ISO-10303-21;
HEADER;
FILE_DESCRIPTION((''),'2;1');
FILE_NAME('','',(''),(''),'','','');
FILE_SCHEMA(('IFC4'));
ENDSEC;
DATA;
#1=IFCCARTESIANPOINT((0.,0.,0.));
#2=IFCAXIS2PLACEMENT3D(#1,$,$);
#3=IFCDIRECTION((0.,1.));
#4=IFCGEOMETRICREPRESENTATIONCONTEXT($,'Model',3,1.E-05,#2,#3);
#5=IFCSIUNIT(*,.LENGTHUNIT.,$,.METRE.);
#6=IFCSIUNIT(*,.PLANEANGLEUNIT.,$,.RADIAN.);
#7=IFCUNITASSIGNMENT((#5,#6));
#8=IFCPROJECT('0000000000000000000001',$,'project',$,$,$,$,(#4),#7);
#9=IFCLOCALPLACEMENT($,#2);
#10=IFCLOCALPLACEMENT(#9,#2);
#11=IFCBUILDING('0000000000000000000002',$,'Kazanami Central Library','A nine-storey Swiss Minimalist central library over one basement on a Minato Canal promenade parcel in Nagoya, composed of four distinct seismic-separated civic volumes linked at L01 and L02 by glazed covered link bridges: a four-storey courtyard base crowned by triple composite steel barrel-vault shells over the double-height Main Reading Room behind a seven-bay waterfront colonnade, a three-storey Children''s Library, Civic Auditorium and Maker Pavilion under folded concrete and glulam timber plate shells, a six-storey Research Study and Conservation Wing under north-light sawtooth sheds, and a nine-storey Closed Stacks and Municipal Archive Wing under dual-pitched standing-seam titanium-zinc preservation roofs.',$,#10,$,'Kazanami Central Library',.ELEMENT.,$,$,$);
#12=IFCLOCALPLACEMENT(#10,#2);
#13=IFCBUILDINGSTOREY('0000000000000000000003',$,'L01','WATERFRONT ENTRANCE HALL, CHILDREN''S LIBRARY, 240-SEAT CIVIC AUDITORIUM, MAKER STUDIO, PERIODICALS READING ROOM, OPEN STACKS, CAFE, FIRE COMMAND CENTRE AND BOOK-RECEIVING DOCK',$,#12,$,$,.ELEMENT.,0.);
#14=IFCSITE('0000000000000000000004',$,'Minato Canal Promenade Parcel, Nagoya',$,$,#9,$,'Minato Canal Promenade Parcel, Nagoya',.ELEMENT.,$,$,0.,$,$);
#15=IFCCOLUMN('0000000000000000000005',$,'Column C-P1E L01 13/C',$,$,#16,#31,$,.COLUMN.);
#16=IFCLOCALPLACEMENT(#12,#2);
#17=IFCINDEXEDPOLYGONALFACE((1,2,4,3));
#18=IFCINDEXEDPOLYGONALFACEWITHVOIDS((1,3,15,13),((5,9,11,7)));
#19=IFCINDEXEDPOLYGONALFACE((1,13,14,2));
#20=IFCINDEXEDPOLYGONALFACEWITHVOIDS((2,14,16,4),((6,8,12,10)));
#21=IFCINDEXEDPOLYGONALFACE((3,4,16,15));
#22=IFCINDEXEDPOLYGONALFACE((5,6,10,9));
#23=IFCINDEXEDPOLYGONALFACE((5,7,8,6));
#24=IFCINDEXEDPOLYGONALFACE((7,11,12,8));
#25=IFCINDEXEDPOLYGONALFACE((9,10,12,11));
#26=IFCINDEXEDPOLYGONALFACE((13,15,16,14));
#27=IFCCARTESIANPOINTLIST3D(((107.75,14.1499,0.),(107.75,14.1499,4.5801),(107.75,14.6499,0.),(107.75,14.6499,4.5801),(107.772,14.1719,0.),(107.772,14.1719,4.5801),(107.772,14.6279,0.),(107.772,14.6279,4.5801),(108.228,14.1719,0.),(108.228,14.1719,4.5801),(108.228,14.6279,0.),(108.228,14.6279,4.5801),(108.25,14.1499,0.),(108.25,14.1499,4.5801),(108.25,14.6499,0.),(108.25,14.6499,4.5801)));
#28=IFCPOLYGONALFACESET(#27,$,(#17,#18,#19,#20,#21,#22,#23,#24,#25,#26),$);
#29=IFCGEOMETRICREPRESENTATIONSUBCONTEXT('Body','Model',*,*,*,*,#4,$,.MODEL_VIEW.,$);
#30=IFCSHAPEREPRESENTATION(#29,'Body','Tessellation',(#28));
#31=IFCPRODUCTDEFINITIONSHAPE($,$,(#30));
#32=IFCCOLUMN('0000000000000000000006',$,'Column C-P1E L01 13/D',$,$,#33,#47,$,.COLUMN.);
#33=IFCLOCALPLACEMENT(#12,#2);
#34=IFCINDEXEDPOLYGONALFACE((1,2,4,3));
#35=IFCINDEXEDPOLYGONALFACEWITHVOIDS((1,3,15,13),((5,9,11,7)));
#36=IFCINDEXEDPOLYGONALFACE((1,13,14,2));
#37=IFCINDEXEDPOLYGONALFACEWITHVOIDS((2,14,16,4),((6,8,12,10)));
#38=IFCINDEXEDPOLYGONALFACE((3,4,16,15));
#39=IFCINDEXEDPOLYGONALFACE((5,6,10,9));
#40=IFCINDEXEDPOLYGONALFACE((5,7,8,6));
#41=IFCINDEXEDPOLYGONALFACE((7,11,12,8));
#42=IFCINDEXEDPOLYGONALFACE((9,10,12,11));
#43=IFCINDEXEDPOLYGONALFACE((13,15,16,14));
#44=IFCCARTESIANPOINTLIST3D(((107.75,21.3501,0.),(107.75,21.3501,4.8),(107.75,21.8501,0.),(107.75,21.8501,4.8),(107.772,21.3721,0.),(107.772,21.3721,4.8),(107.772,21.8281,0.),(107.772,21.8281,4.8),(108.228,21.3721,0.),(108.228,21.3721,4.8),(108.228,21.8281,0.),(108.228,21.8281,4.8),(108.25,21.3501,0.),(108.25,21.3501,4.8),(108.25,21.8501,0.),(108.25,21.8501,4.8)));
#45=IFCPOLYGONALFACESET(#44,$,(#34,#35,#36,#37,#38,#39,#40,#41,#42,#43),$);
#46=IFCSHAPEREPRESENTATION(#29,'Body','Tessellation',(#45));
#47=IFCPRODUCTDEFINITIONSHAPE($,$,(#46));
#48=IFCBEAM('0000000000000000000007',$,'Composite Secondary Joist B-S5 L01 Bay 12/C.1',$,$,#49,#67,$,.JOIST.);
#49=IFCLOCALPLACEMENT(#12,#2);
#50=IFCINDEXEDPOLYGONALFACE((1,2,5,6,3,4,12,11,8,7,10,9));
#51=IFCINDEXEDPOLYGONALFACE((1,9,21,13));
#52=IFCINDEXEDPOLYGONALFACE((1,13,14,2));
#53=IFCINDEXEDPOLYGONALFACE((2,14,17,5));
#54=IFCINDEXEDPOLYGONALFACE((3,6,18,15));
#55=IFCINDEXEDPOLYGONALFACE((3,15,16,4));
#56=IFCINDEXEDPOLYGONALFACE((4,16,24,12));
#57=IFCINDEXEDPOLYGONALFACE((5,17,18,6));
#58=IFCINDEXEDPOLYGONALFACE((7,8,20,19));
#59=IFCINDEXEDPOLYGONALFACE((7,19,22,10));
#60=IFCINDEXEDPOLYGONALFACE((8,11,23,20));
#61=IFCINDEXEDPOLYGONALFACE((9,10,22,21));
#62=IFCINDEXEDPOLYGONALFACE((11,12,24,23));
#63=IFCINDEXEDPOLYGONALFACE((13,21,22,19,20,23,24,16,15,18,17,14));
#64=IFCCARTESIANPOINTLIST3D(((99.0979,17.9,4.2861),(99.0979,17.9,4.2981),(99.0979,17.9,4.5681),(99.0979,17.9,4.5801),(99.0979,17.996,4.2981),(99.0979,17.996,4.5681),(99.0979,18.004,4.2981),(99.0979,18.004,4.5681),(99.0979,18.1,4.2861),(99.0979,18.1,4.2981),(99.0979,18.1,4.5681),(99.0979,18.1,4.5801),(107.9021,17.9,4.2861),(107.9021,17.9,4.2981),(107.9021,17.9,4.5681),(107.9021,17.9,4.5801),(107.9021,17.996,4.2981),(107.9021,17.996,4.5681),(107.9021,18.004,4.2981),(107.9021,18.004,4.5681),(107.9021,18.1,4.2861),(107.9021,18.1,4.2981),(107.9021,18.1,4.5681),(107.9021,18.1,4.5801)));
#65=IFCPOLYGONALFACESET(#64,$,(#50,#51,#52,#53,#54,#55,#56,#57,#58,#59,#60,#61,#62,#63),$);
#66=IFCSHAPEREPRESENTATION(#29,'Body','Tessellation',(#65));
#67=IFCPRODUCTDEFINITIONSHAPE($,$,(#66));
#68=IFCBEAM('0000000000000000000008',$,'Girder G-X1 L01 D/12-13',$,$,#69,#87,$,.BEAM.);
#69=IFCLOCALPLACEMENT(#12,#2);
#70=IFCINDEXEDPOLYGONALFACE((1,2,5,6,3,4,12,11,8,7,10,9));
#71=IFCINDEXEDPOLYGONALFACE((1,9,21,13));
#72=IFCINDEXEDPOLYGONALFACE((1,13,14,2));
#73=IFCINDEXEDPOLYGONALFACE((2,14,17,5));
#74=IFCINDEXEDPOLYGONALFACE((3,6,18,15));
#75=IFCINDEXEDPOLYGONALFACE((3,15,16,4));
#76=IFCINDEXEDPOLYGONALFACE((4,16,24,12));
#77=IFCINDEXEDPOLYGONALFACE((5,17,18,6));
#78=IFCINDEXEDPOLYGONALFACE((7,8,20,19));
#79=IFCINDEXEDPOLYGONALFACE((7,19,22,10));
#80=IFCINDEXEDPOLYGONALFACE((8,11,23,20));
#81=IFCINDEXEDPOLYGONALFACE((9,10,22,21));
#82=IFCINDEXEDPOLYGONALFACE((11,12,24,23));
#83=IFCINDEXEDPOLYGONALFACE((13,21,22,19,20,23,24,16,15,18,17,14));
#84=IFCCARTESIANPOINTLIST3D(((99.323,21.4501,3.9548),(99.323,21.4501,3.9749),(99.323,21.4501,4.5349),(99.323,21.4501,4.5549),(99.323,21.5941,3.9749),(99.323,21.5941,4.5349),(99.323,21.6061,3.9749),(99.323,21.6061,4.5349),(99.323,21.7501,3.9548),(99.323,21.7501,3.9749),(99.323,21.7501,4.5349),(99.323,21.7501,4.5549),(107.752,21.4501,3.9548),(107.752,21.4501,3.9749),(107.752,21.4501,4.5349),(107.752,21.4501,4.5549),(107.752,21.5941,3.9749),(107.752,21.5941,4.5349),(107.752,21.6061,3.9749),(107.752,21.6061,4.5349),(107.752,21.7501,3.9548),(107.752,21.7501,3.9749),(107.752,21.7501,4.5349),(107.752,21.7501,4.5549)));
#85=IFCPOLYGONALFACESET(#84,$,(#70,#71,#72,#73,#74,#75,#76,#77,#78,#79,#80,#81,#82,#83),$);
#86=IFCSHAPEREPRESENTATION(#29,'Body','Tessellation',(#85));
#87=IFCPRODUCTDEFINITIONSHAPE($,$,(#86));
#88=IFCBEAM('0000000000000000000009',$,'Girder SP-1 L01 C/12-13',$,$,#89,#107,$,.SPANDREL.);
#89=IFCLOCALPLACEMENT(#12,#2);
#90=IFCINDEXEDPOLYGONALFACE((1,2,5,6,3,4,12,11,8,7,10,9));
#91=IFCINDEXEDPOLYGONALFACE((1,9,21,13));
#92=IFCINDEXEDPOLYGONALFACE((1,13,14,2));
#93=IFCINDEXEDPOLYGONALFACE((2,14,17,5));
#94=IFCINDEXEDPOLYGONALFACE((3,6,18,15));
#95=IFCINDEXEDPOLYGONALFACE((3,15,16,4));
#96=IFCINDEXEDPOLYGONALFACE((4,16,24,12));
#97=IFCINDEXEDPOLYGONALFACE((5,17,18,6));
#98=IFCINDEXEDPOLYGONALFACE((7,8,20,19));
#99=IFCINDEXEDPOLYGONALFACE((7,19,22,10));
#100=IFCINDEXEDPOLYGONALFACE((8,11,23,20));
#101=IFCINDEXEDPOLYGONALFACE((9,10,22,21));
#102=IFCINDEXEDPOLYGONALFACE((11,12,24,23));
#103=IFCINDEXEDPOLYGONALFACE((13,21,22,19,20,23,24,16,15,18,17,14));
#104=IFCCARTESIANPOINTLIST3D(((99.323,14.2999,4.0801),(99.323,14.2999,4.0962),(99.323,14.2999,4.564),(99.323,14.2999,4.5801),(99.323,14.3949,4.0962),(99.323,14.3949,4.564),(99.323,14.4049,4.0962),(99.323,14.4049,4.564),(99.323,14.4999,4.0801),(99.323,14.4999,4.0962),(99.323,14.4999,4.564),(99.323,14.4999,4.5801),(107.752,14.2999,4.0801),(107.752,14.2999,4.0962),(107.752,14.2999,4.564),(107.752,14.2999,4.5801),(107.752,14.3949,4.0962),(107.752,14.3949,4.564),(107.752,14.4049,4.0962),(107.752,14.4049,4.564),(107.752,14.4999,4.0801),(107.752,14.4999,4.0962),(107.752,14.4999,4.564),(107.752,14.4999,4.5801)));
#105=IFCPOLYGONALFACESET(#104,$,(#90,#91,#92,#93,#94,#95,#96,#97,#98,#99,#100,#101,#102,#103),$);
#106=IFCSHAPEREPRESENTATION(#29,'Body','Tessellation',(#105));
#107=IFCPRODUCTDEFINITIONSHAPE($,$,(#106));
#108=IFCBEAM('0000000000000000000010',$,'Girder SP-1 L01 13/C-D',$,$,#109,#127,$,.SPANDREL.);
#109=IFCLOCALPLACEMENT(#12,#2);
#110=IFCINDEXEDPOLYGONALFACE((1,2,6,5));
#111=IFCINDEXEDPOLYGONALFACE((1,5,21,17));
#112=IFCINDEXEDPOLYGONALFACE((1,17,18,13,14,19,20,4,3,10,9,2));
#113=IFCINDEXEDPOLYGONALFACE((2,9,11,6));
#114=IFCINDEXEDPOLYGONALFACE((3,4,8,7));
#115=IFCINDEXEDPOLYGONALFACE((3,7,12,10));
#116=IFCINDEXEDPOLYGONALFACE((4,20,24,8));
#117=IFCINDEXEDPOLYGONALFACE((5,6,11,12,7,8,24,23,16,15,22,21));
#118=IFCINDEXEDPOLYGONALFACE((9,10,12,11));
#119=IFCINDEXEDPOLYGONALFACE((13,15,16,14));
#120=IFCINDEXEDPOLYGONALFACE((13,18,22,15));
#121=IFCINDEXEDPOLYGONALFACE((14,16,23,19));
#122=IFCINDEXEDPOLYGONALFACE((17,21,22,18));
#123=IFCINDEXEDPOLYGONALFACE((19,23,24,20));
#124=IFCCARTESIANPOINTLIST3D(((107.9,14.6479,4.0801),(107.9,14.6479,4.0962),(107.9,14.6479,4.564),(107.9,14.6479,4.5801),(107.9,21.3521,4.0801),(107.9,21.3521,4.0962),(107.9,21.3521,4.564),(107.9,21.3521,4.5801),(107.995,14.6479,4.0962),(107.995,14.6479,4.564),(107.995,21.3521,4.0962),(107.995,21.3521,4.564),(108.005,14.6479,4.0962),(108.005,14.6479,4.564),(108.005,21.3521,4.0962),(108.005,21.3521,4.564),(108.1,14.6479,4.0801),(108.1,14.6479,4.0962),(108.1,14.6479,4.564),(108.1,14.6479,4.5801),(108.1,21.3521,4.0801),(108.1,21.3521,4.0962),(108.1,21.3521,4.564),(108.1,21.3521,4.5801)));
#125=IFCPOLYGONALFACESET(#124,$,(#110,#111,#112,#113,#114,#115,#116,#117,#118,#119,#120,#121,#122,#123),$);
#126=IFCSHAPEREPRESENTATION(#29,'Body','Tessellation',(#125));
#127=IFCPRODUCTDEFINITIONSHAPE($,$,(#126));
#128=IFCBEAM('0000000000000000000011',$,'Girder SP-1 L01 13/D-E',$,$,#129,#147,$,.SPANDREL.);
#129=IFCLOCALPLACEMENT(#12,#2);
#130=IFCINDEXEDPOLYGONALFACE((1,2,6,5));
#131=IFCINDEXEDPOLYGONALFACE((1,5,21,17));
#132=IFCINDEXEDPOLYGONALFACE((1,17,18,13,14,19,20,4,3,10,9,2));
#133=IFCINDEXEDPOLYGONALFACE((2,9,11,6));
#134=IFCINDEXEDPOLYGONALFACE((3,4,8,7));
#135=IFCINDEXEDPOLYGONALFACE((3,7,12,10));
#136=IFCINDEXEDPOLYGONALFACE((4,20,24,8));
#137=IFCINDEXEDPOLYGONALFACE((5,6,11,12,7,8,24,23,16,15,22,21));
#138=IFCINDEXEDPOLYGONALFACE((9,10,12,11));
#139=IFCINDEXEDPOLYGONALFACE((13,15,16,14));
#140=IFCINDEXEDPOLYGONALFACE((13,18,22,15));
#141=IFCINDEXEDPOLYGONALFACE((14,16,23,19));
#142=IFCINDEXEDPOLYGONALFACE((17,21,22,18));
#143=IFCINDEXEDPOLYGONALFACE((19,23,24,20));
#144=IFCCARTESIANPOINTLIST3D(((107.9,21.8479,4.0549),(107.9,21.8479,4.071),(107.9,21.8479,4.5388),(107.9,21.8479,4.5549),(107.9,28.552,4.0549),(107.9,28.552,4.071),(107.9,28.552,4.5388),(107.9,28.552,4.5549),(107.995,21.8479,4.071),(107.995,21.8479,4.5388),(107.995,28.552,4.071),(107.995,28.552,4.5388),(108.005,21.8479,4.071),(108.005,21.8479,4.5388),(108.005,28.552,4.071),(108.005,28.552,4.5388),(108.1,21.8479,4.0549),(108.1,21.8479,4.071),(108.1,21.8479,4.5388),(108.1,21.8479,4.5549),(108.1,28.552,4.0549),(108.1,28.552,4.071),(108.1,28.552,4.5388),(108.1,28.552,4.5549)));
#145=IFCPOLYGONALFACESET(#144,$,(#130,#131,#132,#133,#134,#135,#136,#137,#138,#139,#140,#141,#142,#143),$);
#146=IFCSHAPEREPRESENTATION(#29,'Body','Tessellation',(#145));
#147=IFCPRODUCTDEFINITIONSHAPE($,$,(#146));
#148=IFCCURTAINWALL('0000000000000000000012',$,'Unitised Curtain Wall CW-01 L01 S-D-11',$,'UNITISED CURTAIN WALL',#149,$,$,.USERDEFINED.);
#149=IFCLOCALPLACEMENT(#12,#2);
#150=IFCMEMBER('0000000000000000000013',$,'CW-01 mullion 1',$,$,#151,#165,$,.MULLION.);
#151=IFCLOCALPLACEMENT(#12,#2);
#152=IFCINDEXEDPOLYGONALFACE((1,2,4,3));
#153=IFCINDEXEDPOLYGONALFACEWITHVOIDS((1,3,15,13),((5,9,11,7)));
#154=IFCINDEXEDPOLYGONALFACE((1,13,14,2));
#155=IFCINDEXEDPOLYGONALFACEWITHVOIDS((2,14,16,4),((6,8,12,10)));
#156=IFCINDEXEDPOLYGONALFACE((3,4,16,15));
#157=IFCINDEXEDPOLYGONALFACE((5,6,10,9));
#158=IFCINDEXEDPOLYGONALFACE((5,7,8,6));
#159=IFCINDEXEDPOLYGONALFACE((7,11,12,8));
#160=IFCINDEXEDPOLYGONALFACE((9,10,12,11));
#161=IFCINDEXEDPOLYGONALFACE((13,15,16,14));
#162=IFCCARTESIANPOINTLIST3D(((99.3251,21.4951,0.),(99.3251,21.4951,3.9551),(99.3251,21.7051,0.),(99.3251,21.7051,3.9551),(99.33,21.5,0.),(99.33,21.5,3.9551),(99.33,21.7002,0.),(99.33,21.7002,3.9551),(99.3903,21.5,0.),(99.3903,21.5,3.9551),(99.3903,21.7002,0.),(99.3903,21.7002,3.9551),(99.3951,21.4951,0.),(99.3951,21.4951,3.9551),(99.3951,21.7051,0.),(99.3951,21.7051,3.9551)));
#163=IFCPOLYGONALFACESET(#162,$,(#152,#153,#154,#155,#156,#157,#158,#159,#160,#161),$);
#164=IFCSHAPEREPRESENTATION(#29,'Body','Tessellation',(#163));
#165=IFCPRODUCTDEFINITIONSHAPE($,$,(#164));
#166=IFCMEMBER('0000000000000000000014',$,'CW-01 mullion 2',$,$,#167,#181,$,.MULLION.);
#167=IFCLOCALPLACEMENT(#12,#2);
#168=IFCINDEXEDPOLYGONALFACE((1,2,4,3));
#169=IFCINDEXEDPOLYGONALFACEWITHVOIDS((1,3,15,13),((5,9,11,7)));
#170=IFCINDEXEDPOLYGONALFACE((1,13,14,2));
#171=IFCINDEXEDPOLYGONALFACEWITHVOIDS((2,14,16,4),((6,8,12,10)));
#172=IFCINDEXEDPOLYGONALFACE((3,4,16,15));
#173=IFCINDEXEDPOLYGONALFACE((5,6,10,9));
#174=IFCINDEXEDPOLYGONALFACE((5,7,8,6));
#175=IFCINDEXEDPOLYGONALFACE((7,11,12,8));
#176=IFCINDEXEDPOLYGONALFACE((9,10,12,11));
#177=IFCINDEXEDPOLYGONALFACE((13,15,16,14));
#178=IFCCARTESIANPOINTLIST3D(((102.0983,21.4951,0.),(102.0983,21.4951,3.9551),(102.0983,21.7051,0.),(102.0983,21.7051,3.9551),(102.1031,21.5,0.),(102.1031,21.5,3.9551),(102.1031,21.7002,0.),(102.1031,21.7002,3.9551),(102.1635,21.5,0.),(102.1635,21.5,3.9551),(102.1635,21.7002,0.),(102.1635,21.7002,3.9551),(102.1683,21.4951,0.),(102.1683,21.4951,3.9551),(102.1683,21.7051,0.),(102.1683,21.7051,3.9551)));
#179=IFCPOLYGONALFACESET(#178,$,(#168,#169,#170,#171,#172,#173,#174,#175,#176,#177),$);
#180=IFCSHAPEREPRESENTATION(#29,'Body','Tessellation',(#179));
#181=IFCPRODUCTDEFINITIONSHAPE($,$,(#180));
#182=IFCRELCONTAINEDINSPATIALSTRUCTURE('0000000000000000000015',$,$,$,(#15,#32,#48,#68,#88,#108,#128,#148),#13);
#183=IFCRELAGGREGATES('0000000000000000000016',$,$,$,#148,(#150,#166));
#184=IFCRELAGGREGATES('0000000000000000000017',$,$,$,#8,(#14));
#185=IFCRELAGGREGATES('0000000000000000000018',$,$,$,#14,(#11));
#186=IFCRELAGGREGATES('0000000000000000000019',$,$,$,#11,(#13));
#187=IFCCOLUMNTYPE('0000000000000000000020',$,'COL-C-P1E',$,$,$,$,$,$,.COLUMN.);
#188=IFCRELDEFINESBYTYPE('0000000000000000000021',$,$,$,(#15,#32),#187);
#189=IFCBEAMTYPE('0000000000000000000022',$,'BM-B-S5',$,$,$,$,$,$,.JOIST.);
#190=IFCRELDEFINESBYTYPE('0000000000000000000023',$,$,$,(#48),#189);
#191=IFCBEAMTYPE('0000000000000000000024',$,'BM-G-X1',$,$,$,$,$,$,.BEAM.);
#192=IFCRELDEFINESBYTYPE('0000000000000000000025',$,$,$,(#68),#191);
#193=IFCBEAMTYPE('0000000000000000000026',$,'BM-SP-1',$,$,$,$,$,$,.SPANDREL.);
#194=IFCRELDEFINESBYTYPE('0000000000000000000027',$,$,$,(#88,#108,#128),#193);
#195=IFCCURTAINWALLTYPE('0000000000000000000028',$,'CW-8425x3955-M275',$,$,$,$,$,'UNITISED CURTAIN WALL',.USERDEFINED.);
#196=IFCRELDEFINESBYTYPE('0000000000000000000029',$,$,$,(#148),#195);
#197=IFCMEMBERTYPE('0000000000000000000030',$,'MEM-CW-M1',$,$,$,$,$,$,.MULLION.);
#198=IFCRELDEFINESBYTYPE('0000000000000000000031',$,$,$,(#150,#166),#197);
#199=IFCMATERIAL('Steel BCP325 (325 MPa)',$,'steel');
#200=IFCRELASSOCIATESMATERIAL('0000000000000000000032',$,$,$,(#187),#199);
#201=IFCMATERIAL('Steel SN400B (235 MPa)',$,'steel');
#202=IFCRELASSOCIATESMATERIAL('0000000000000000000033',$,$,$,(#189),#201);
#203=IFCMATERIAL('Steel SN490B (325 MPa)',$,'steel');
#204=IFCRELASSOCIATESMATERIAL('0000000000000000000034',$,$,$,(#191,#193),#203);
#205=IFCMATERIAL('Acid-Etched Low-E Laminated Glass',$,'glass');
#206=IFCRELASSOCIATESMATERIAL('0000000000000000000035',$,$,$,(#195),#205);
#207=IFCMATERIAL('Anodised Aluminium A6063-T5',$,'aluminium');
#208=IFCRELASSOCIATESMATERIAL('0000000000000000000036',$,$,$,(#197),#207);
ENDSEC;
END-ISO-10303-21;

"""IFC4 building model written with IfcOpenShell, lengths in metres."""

from ifc_helpers import new_model, si_unit, direction, frame, origin, origin_2d, place, context, subcontext, project, spatial, hollow_rectangle, i_section, extrude, material, material_profile, profile_set, type_object, element, aggregate, save


model = new_model("IFC4")

# Units and contexts
model_context = context("Model", 3, precision=1e-05, world=origin(), true_north=direction((0.0, 1.0)))
body_context = subcontext(model_context, "Body", "Model", "MODEL_VIEW")
ifc_project = project(units=[si_unit("LENGTHUNIT", "METRE"), si_unit("PLANEANGLEUNIT", "RADIAN")], contexts=[model_context])

# Site, building, storey
site_placement = place(None, origin())
site = spatial("IfcSite", under=ifc_project, at=site_placement, Name="Minato Canal Promenade Parcel, Nagoya", LongName="Minato Canal Promenade Parcel, Nagoya", CompositionType="ELEMENT", RefElevation=0.0)
building_placement = place(site_placement, origin())
building = spatial("IfcBuilding", under=site, at=building_placement, Name="Kazanami Central Library", Description="A nine-storey Swiss Minimalist central library over one basement on a Minato Canal promenade parcel in Nagoya, composed of four distinct seismic-separated civic volumes linked at L01 and L02 by glazed covered link bridges: a four-storey courtyard base crowned by triple composite steel barrel-vault shells over the double-height Main Reading Room behind a seven-bay waterfront colonnade, a three-storey Children's Library, Civic Auditorium and Maker Pavilion under folded concrete and glulam timber plate shells, a six-storey Research Study and Conservation Wing under north-light sawtooth sheds, and a nine-storey Closed Stacks and Municipal Archive Wing under dual-pitched standing-seam titanium-zinc preservation roofs.", LongName="Kazanami Central Library", CompositionType="ELEMENT")
storey_placement = place(building_placement, origin())
storey = spatial("IfcBuildingStorey", under=building, at=storey_placement, Name="L01", Description="WATERFRONT ENTRANCE HALL, CHILDREN'S LIBRARY, 240-SEAT CIVIC AUDITORIUM, MAKER STUDIO, PERIODICALS READING ROOM, OPEN STACKS, CAFE, FIRE COMMAND CENTRE AND BOOK-RECEIVING DOCK", CompositionType="ELEMENT", Elevation=0.0)

# Columns
ifc_material_1 = material(Name="Steel BCP325 (325 MPa)", Category="steel")
ifc_material_profile_1 = material_profile(ifc_material_1, hollow_rectangle(XDim=0.5, YDim=0.5, WallThickness=0.022, at=origin_2d()), Name="BCP-500x500x22")
ifc_profile_set_1 = profile_set([ifc_material_profile_1], Name="Steel BCP325 (325 MPa)")
column_type = type_object("IfcColumnType", Name="COL-C-P1E", PredefinedType="COLUMN", material=ifc_profile_set_1)
column_1_placement = place(storey_placement, frame((108.0, 14.3999, 0.0), z_axis=(0.0, 0.0, 1.0), x_axis=(1.0, 0.0, 0.0)))
element("IfcColumn", 1, at=column_1_placement, inside=storey, type_object=column_type, Name="Column C-P1E L01 13/C", PredefinedType="COLUMN", context=body_context, shape_type="SweptSolid", body=[
    extrude(hollow_rectangle(XDim=0.5, YDim=0.5, WallThickness=0.022, at=origin_2d()), origin(), (0.0, 0.0, 1.0), 4.5801),
])
column_2_placement = place(storey_placement, frame((108.0, 21.6001, 0.0), z_axis=(0.0, 0.0, 1.0), x_axis=(1.0, 0.0, 0.0)))
element("IfcColumn", 2, at=column_2_placement, inside=storey, type_object=column_type, Name="Column C-P1E L01 13/D", PredefinedType="COLUMN", context=body_context, shape_type="SweptSolid", body=[
    extrude(hollow_rectangle(XDim=0.5, YDim=0.5, WallThickness=0.022, at=origin_2d()), origin(), (0.0, 0.0, 1.0), 4.8),
])

# Beams
ifc_material_2 = material(Name="Steel SN400B (235 MPa)", Category="steel")
ifc_material_profile_2 = material_profile(ifc_material_2, i_section(OverallWidth=0.2, OverallDepth=0.2939, WebThickness=0.0081, FlangeThickness=0.012, at=origin_2d()), Name="H-294x200x8x12")
ifc_profile_set_2 = profile_set([ifc_material_profile_2], Name="Steel SN400B (235 MPa)")
beam_type_1 = type_object("IfcBeamType", Name="BM-B-S5", PredefinedType="JOIST", material=ifc_profile_set_2)
beam_1_placement = place(storey_placement, frame((99.0979, 18.0, 4.4331), z_axis=(1.0, 0.0, 0.0), x_axis=(0.0, 1.0, 0.0)))
element("IfcBeam", 3, at=beam_1_placement, inside=storey, type_object=beam_type_1, Name="Composite Secondary Joist B-S5 L01 Bay 12/C.1", PredefinedType="JOIST", context=body_context, shape_type="SweptSolid", body=[
    extrude(i_section(OverallWidth=0.2, OverallDepth=0.2939, WebThickness=0.0081, FlangeThickness=0.012, at=origin_2d()), origin(), (0.0, 0.0, 1.0), 8.8042),
])
ifc_material_3 = material(Name="Steel SN490B (325 MPa)", Category="steel")
ifc_material_profile_3 = material_profile(ifc_material_3, i_section(OverallWidth=0.3, OverallDepth=0.6001, WebThickness=0.012, FlangeThickness=0.02, at=origin_2d()), Name="H-600x300x12x20")
ifc_profile_set_3 = profile_set([ifc_material_profile_3], Name="Steel SN490B (325 MPa)")
beam_type_2 = type_object("IfcBeamType", Name="BM-G-X1", PredefinedType="BEAM", material=ifc_profile_set_3)
beam_2_placement = place(storey_placement, frame((99.323, 21.6001, 4.2549), z_axis=(1.0, 0.0, 0.0), x_axis=(0.0, 1.0, 0.0)))
element("IfcBeam", 4, at=beam_2_placement, inside=storey, type_object=beam_type_2, Name="Girder G-X1 L01 D/12-13", PredefinedType="BEAM", context=body_context, shape_type="SweptSolid", body=[
    extrude(i_section(OverallWidth=0.3, OverallDepth=0.6001, WebThickness=0.012, FlangeThickness=0.02, at=origin_2d()), origin(), (0.0, 0.0, 1.0), 8.429),
])
ifc_material_profile_4 = material_profile(ifc_material_3, i_section(OverallWidth=0.2, OverallDepth=0.5, WebThickness=0.01, FlangeThickness=0.0161, at=origin_2d()), Name="H-500x200x10x16")
ifc_profile_set_4 = profile_set([ifc_material_profile_4], Name="Steel SN490B (325 MPa)")
beam_type_3 = type_object("IfcBeamType", Name="BM-SP-1", PredefinedType="SPANDREL", material=ifc_profile_set_4)
beam_3_placement = place(storey_placement, frame((99.323, 14.3999, 4.3301), z_axis=(1.0, 0.0, 0.0), x_axis=(0.0, 1.0, 0.0)))
element("IfcBeam", 5, at=beam_3_placement, inside=storey, type_object=beam_type_3, Name="Girder SP-1 L01 C/12-13", PredefinedType="SPANDREL", context=body_context, shape_type="SweptSolid", body=[
    extrude(i_section(OverallWidth=0.2, OverallDepth=0.5, WebThickness=0.01, FlangeThickness=0.0161, at=origin_2d()), origin(), (0.0, 0.0, 1.0), 8.429),
])
for number, where, z_axis, x_axis, name in (
    (6, (108.0, 14.6479, 4.3301), (0.0, 1.0, 0.0), (-1.0, 0.0, 0.0), "Girder SP-1 L01 13/C-D"),
    (7, (108.0, 21.8479, 4.3049), (0.0, 1.0, 0.0), (-1.0, 0.0, 0.0), "Girder SP-1 L01 13/D-E"),
):
    element("IfcBeam", number, at=place(storey_placement, frame(where, z_axis=z_axis, x_axis=x_axis)), inside=storey, type_object=beam_type_3, Name=name, PredefinedType="SPANDREL", context=body_context, shape_type="SweptSolid", body=[
        extrude(i_section(OverallWidth=0.2, OverallDepth=0.5, WebThickness=0.01, FlangeThickness=0.0161, at=origin_2d()), origin(), (0.0, 0.0, 1.0), 6.7041),
    ])

# Curtain wall, members
ifc_material_4 = material(Name="Acid-Etched Low-E Laminated Glass", Category="glass")
curtain_wall_type_1 = type_object("IfcCurtainWallType", Name="CW-8425x3955-M275", ElementType="UNITISED CURTAIN WALL", PredefinedType="USERDEFINED", material=ifc_material_4)
curtain_wall_1_placement = place(storey_placement, origin())
curtain_wall_1 = element("IfcCurtainWall", 8, at=curtain_wall_1_placement, inside=storey, type_object=curtain_wall_type_1, Name="Unitised Curtain Wall CW-01 L01 S-D-11", ObjectType="UNITISED CURTAIN WALL", PredefinedType="USERDEFINED")
ifc_material_5 = material(Name="Anodised Aluminium A6063-T5", Category="aluminium")
ifc_material_profile_5 = material_profile(ifc_material_5, hollow_rectangle(XDim=0.0701, YDim=0.21, WallThickness=0.0049, at=origin_2d()), Name="ALU-MULL-70x210x5")
ifc_profile_set_5 = profile_set([ifc_material_profile_5], Name="Anodised Aluminium A6063-T5")
member_type_1 = type_object("IfcMemberType", Name="MEM-CW-M1", PredefinedType="MULLION", material=ifc_profile_set_5)
member_1_placement = place(storey_placement, frame((99.3601, 21.6001, 0.0), z_axis=(0.0, 0.0, 1.0), x_axis=(1.0, 0.0, 0.0)))
member_1 = element("IfcMember", 9, at=member_1_placement, type_object=member_type_1, Name="CW-01 mullion 1", PredefinedType="MULLION", context=body_context, shape_type="SweptSolid", body=[
    extrude(hollow_rectangle(XDim=0.0701, YDim=0.21, WallThickness=0.0049, at=origin_2d()), origin(), (0.0, 0.0, 1.0), 3.9551),
])
member_2_placement = place(storey_placement, frame((102.1333, 21.6001, 0.0), z_axis=(0.0, 0.0, 1.0), x_axis=(1.0, 0.0, 0.0)))
member_2 = element("IfcMember", 10, at=member_2_placement, type_object=member_type_1, Name="CW-01 mullion 2", PredefinedType="MULLION", context=body_context, shape_type="SweptSolid", body=[
    extrude(hollow_rectangle(XDim=0.0701, YDim=0.21, WallThickness=0.0049, at=origin_2d()), origin(), (0.0, 0.0, 1.0), 3.9551),
])

aggregate(curtain_wall_1, [member_1, member_2])

save(model, "model.ifc")
